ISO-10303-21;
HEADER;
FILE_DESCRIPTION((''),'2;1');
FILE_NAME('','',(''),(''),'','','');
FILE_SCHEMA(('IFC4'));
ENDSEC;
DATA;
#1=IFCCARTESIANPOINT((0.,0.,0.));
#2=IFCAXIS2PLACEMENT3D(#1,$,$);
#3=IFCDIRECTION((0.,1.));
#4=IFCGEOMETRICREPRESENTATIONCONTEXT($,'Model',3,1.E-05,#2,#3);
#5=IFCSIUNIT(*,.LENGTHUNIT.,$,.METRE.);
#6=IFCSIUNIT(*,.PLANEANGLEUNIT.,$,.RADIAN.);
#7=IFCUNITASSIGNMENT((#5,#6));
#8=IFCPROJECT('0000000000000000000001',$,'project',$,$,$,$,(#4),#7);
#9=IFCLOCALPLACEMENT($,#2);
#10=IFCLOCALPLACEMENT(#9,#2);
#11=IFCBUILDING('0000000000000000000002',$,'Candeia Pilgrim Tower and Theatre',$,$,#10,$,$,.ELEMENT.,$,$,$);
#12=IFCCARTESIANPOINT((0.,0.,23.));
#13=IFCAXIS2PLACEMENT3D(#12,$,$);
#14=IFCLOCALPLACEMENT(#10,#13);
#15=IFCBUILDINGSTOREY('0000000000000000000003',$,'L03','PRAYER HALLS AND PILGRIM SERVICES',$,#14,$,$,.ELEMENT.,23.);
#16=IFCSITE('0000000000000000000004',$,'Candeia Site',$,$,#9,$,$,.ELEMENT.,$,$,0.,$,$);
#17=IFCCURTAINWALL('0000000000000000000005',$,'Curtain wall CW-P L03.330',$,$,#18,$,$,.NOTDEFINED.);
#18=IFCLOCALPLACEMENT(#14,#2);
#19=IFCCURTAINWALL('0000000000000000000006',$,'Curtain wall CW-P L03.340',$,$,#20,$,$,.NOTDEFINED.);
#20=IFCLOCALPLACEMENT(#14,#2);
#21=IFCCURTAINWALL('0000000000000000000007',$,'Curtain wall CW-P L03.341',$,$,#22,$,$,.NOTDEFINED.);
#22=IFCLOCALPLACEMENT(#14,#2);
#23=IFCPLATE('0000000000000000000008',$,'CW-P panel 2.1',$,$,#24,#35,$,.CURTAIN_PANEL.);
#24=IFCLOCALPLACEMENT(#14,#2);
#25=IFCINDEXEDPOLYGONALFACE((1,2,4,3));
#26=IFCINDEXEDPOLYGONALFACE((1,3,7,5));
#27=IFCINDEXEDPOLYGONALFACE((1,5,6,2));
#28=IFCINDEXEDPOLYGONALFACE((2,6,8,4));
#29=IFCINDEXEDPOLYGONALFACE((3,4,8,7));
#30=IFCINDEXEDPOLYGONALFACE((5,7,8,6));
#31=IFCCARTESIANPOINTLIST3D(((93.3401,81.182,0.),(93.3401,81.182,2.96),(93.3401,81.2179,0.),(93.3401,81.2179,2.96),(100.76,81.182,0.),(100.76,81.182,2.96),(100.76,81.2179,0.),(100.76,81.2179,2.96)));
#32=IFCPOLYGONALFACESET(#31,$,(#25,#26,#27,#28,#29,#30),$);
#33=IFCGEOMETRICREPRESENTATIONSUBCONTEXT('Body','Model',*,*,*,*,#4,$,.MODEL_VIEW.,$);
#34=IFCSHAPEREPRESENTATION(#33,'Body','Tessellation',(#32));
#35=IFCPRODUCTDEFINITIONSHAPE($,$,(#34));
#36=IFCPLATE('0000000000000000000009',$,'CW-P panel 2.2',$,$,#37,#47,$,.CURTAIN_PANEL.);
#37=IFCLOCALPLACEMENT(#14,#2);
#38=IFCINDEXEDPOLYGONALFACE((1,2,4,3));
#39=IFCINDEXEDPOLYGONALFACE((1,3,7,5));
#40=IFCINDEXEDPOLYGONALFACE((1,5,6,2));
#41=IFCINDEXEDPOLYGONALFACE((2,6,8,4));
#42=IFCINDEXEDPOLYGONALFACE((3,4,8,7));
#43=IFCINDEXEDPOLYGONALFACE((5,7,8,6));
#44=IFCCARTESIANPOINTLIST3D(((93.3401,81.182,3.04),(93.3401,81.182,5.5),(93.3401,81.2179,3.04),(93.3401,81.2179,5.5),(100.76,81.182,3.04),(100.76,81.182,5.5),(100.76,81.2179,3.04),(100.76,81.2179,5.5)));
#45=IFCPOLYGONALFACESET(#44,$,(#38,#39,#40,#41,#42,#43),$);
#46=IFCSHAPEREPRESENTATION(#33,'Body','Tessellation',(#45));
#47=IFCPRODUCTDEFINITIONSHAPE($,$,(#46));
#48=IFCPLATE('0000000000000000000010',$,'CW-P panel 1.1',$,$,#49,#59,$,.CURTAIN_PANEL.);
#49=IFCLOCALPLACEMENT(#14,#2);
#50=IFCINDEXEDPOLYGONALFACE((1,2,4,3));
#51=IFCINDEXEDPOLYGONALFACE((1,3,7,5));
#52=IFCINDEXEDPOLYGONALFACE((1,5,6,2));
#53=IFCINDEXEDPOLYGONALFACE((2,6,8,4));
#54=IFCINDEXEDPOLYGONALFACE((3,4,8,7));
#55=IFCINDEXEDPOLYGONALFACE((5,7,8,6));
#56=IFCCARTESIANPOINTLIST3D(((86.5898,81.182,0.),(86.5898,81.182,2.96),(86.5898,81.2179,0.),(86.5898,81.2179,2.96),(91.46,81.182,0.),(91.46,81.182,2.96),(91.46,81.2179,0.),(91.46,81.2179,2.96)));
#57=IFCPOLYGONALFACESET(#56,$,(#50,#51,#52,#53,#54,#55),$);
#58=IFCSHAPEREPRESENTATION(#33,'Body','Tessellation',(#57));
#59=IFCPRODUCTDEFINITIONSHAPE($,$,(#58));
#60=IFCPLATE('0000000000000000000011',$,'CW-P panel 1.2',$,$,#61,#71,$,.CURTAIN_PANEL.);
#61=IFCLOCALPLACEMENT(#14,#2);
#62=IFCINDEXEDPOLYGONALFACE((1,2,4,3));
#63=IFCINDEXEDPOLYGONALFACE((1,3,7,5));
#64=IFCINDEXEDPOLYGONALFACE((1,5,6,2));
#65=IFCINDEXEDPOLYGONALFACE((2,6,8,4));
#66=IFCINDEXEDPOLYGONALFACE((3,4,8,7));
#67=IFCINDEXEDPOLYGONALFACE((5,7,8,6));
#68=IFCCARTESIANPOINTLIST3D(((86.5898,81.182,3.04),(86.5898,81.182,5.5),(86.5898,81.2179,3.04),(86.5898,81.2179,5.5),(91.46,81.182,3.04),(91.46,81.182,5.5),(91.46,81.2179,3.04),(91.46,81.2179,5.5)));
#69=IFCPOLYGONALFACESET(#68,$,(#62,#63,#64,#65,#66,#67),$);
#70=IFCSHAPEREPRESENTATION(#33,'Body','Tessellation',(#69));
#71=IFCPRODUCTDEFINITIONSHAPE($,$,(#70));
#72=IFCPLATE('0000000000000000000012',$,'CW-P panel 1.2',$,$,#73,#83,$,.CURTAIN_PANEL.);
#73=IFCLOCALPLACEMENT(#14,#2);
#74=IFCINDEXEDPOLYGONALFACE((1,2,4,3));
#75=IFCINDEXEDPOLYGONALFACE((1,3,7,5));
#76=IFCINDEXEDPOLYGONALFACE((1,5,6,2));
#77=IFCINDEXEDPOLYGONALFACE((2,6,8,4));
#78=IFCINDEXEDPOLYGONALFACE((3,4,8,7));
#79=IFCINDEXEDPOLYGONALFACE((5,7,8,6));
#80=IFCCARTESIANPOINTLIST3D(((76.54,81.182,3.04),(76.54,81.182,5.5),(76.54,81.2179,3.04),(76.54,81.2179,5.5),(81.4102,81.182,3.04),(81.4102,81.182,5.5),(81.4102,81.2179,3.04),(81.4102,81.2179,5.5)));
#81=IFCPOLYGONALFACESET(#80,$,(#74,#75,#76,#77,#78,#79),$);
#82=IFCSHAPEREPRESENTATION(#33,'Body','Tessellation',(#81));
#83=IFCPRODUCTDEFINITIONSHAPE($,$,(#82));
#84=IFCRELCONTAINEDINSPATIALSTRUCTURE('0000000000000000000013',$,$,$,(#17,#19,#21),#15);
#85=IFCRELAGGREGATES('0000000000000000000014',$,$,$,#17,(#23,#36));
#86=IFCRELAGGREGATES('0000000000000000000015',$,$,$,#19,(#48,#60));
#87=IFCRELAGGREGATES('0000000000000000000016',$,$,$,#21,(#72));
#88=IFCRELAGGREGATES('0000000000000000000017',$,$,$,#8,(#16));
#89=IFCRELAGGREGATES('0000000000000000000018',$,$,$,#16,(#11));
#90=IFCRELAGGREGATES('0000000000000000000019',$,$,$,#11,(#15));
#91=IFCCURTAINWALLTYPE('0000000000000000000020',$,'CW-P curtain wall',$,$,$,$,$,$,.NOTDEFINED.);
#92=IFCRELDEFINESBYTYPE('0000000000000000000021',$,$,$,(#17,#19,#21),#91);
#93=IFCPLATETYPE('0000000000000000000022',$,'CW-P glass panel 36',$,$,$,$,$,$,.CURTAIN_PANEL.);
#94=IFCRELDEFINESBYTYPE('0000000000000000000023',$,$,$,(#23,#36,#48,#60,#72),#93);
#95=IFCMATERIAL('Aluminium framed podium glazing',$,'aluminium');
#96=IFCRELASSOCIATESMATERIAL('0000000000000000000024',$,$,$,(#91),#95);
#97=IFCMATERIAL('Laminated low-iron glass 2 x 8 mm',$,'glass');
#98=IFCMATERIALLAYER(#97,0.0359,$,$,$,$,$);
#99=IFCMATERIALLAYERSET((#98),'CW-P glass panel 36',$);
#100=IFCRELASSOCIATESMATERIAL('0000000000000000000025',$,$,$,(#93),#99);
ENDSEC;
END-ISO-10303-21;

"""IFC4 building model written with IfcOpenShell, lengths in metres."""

from ifc_helpers import new_model, si_unit, direction, frame, origin, origin_2d, place, context, subcontext, project, spatial, rectangle, extrude, material, layer, layer_set, type_object, element, aggregate, save


model = new_model("IFC4")

# Units and contexts
model_context = context("Model", 3, precision=1e-05, world=origin(), true_north=direction((0.0, 1.0)))
body_context = subcontext(model_context, "Body", "Model", "MODEL_VIEW")
ifc_project = project(units=[si_unit("LENGTHUNIT", "METRE"), si_unit("PLANEANGLEUNIT", "RADIAN")], contexts=[model_context])

# Site, building, storey
site_placement = place(None, origin())
site = spatial("IfcSite", under=ifc_project, at=site_placement, Name="Candeia Site", CompositionType="ELEMENT", RefElevation=0.0)
building_placement = place(site_placement, origin())
building = spatial("IfcBuilding", under=site, at=building_placement, Name="Candeia Pilgrim Tower and Theatre", CompositionType="ELEMENT")
storey_placement = place(building_placement, frame((0.0, 0.0, 23.0)))
storey = spatial("IfcBuildingStorey", under=building, at=storey_placement, Name="L03", Description="PRAYER HALLS AND PILGRIM SERVICES", CompositionType="ELEMENT", Elevation=23.0)

# Curtain walls
ifc_material_1 = material(Name="Aluminium framed podium glazing", Category="aluminium")
curtain_wall_type = type_object("IfcCurtainWallType", Name="CW-P curtain wall", PredefinedType="NOTDEFINED", material=ifc_material_1)
curtain_wall_1_placement = place(storey_placement, origin())
curtain_wall_1 = element("IfcCurtainWall", 1, at=curtain_wall_1_placement, inside=storey, type_object=curtain_wall_type, Name="Curtain wall CW-P L03.330", PredefinedType="NOTDEFINED")
curtain_wall_2_placement = place(storey_placement, origin())
curtain_wall_2 = element("IfcCurtainWall", 2, at=curtain_wall_2_placement, inside=storey, type_object=curtain_wall_type, Name="Curtain wall CW-P L03.340", PredefinedType="NOTDEFINED")

# Curtain wall
curtain_wall_3_placement = place(storey_placement, origin())
curtain_wall_3 = element("IfcCurtainWall", 3, at=curtain_wall_3_placement, inside=storey, type_object=curtain_wall_type, Name="Curtain wall CW-P L03.341", PredefinedType="NOTDEFINED")

# Plates
ifc_material_2 = material(Name="Laminated low-iron glass 2 x 8 mm", Category="glass")
ifc_layer_1 = layer(ifc_material_2, 0.0359)
ifc_layer_set_1 = layer_set([ifc_layer_1], Name="CW-P glass panel 36")
plate_type = type_object("IfcPlateType", Name="CW-P glass panel 36", PredefinedType="CURTAIN_PANEL", material=ifc_layer_set_1)
plate_1_placement = place(storey_placement, frame((97.05, 81.2, 0.0), z_axis=(0.0, 0.0, 1.0), x_axis=(-1.0, 0.0, 0.0)))
plate_1 = element("IfcPlate", 4, at=plate_1_placement, type_object=plate_type, Name="CW-P panel 2.1", PredefinedType="CURTAIN_PANEL", context=body_context, shape_type="SweptSolid", body=[
    extrude(rectangle(XDim=7.4199, YDim=0.0359, at=origin_2d()), origin(), (0.0, 0.0, 1.0), 2.96),
])
plate_2_placement = place(storey_placement, frame((97.05, 81.2, 3.04), z_axis=(0.0, 0.0, 1.0), x_axis=(-1.0, 0.0, 0.0)))
plate_2 = element("IfcPlate", 5, at=plate_2_placement, type_object=plate_type, Name="CW-P panel 2.2", PredefinedType="CURTAIN_PANEL", context=body_context, shape_type="SweptSolid", body=[
    extrude(rectangle(XDim=7.4199, YDim=0.0359, at=origin_2d()), origin(), (0.0, 0.0, 1.0), 2.46),
])
aggregate(curtain_wall_1, [plate_1, plate_2])
plate_3_placement = place(storey_placement, frame((89.0249, 81.2, 0.0), z_axis=(0.0, 0.0, 1.0), x_axis=(-1.0, 0.0, 0.0)))
plate_3 = element("IfcPlate", 6, at=plate_3_placement, type_object=plate_type, Name="CW-P panel 1.1", PredefinedType="CURTAIN_PANEL", context=body_context, shape_type="SweptSolid", body=[
    extrude(rectangle(XDim=4.8701, YDim=0.0359, at=origin_2d()), origin(), (0.0, 0.0, 1.0), 2.96),
])
plate_4_placement = place(storey_placement, frame((89.0249, 81.2, 3.04), z_axis=(0.0, 0.0, 1.0), x_axis=(-1.0, 0.0, 0.0)))
plate_4 = element("IfcPlate", 7, at=plate_4_placement, type_object=plate_type, Name="CW-P panel 1.2", PredefinedType="CURTAIN_PANEL", context=body_context, shape_type="SweptSolid", body=[
    extrude(rectangle(XDim=4.8701, YDim=0.0359, at=origin_2d()), origin(), (0.0, 0.0, 1.0), 2.46),
])
aggregate(curtain_wall_2, [plate_3, plate_4])
plate_5_placement = place(storey_placement, frame((78.9751, 81.2, 3.04), z_axis=(0.0, 0.0, 1.0), x_axis=(-1.0, 0.0, 0.0)))
plate_5 = element("IfcPlate", 8, at=plate_5_placement, type_object=plate_type, Name="CW-P panel 1.2", PredefinedType="CURTAIN_PANEL", context=body_context, shape_type="SweptSolid", body=[
    extrude(rectangle(XDim=4.8701, YDim=0.0359, at=origin_2d()), origin(), (0.0, 0.0, 1.0), 2.46),
])
aggregate(curtain_wall_3, [plate_5])

save(model, "model.ifc")
